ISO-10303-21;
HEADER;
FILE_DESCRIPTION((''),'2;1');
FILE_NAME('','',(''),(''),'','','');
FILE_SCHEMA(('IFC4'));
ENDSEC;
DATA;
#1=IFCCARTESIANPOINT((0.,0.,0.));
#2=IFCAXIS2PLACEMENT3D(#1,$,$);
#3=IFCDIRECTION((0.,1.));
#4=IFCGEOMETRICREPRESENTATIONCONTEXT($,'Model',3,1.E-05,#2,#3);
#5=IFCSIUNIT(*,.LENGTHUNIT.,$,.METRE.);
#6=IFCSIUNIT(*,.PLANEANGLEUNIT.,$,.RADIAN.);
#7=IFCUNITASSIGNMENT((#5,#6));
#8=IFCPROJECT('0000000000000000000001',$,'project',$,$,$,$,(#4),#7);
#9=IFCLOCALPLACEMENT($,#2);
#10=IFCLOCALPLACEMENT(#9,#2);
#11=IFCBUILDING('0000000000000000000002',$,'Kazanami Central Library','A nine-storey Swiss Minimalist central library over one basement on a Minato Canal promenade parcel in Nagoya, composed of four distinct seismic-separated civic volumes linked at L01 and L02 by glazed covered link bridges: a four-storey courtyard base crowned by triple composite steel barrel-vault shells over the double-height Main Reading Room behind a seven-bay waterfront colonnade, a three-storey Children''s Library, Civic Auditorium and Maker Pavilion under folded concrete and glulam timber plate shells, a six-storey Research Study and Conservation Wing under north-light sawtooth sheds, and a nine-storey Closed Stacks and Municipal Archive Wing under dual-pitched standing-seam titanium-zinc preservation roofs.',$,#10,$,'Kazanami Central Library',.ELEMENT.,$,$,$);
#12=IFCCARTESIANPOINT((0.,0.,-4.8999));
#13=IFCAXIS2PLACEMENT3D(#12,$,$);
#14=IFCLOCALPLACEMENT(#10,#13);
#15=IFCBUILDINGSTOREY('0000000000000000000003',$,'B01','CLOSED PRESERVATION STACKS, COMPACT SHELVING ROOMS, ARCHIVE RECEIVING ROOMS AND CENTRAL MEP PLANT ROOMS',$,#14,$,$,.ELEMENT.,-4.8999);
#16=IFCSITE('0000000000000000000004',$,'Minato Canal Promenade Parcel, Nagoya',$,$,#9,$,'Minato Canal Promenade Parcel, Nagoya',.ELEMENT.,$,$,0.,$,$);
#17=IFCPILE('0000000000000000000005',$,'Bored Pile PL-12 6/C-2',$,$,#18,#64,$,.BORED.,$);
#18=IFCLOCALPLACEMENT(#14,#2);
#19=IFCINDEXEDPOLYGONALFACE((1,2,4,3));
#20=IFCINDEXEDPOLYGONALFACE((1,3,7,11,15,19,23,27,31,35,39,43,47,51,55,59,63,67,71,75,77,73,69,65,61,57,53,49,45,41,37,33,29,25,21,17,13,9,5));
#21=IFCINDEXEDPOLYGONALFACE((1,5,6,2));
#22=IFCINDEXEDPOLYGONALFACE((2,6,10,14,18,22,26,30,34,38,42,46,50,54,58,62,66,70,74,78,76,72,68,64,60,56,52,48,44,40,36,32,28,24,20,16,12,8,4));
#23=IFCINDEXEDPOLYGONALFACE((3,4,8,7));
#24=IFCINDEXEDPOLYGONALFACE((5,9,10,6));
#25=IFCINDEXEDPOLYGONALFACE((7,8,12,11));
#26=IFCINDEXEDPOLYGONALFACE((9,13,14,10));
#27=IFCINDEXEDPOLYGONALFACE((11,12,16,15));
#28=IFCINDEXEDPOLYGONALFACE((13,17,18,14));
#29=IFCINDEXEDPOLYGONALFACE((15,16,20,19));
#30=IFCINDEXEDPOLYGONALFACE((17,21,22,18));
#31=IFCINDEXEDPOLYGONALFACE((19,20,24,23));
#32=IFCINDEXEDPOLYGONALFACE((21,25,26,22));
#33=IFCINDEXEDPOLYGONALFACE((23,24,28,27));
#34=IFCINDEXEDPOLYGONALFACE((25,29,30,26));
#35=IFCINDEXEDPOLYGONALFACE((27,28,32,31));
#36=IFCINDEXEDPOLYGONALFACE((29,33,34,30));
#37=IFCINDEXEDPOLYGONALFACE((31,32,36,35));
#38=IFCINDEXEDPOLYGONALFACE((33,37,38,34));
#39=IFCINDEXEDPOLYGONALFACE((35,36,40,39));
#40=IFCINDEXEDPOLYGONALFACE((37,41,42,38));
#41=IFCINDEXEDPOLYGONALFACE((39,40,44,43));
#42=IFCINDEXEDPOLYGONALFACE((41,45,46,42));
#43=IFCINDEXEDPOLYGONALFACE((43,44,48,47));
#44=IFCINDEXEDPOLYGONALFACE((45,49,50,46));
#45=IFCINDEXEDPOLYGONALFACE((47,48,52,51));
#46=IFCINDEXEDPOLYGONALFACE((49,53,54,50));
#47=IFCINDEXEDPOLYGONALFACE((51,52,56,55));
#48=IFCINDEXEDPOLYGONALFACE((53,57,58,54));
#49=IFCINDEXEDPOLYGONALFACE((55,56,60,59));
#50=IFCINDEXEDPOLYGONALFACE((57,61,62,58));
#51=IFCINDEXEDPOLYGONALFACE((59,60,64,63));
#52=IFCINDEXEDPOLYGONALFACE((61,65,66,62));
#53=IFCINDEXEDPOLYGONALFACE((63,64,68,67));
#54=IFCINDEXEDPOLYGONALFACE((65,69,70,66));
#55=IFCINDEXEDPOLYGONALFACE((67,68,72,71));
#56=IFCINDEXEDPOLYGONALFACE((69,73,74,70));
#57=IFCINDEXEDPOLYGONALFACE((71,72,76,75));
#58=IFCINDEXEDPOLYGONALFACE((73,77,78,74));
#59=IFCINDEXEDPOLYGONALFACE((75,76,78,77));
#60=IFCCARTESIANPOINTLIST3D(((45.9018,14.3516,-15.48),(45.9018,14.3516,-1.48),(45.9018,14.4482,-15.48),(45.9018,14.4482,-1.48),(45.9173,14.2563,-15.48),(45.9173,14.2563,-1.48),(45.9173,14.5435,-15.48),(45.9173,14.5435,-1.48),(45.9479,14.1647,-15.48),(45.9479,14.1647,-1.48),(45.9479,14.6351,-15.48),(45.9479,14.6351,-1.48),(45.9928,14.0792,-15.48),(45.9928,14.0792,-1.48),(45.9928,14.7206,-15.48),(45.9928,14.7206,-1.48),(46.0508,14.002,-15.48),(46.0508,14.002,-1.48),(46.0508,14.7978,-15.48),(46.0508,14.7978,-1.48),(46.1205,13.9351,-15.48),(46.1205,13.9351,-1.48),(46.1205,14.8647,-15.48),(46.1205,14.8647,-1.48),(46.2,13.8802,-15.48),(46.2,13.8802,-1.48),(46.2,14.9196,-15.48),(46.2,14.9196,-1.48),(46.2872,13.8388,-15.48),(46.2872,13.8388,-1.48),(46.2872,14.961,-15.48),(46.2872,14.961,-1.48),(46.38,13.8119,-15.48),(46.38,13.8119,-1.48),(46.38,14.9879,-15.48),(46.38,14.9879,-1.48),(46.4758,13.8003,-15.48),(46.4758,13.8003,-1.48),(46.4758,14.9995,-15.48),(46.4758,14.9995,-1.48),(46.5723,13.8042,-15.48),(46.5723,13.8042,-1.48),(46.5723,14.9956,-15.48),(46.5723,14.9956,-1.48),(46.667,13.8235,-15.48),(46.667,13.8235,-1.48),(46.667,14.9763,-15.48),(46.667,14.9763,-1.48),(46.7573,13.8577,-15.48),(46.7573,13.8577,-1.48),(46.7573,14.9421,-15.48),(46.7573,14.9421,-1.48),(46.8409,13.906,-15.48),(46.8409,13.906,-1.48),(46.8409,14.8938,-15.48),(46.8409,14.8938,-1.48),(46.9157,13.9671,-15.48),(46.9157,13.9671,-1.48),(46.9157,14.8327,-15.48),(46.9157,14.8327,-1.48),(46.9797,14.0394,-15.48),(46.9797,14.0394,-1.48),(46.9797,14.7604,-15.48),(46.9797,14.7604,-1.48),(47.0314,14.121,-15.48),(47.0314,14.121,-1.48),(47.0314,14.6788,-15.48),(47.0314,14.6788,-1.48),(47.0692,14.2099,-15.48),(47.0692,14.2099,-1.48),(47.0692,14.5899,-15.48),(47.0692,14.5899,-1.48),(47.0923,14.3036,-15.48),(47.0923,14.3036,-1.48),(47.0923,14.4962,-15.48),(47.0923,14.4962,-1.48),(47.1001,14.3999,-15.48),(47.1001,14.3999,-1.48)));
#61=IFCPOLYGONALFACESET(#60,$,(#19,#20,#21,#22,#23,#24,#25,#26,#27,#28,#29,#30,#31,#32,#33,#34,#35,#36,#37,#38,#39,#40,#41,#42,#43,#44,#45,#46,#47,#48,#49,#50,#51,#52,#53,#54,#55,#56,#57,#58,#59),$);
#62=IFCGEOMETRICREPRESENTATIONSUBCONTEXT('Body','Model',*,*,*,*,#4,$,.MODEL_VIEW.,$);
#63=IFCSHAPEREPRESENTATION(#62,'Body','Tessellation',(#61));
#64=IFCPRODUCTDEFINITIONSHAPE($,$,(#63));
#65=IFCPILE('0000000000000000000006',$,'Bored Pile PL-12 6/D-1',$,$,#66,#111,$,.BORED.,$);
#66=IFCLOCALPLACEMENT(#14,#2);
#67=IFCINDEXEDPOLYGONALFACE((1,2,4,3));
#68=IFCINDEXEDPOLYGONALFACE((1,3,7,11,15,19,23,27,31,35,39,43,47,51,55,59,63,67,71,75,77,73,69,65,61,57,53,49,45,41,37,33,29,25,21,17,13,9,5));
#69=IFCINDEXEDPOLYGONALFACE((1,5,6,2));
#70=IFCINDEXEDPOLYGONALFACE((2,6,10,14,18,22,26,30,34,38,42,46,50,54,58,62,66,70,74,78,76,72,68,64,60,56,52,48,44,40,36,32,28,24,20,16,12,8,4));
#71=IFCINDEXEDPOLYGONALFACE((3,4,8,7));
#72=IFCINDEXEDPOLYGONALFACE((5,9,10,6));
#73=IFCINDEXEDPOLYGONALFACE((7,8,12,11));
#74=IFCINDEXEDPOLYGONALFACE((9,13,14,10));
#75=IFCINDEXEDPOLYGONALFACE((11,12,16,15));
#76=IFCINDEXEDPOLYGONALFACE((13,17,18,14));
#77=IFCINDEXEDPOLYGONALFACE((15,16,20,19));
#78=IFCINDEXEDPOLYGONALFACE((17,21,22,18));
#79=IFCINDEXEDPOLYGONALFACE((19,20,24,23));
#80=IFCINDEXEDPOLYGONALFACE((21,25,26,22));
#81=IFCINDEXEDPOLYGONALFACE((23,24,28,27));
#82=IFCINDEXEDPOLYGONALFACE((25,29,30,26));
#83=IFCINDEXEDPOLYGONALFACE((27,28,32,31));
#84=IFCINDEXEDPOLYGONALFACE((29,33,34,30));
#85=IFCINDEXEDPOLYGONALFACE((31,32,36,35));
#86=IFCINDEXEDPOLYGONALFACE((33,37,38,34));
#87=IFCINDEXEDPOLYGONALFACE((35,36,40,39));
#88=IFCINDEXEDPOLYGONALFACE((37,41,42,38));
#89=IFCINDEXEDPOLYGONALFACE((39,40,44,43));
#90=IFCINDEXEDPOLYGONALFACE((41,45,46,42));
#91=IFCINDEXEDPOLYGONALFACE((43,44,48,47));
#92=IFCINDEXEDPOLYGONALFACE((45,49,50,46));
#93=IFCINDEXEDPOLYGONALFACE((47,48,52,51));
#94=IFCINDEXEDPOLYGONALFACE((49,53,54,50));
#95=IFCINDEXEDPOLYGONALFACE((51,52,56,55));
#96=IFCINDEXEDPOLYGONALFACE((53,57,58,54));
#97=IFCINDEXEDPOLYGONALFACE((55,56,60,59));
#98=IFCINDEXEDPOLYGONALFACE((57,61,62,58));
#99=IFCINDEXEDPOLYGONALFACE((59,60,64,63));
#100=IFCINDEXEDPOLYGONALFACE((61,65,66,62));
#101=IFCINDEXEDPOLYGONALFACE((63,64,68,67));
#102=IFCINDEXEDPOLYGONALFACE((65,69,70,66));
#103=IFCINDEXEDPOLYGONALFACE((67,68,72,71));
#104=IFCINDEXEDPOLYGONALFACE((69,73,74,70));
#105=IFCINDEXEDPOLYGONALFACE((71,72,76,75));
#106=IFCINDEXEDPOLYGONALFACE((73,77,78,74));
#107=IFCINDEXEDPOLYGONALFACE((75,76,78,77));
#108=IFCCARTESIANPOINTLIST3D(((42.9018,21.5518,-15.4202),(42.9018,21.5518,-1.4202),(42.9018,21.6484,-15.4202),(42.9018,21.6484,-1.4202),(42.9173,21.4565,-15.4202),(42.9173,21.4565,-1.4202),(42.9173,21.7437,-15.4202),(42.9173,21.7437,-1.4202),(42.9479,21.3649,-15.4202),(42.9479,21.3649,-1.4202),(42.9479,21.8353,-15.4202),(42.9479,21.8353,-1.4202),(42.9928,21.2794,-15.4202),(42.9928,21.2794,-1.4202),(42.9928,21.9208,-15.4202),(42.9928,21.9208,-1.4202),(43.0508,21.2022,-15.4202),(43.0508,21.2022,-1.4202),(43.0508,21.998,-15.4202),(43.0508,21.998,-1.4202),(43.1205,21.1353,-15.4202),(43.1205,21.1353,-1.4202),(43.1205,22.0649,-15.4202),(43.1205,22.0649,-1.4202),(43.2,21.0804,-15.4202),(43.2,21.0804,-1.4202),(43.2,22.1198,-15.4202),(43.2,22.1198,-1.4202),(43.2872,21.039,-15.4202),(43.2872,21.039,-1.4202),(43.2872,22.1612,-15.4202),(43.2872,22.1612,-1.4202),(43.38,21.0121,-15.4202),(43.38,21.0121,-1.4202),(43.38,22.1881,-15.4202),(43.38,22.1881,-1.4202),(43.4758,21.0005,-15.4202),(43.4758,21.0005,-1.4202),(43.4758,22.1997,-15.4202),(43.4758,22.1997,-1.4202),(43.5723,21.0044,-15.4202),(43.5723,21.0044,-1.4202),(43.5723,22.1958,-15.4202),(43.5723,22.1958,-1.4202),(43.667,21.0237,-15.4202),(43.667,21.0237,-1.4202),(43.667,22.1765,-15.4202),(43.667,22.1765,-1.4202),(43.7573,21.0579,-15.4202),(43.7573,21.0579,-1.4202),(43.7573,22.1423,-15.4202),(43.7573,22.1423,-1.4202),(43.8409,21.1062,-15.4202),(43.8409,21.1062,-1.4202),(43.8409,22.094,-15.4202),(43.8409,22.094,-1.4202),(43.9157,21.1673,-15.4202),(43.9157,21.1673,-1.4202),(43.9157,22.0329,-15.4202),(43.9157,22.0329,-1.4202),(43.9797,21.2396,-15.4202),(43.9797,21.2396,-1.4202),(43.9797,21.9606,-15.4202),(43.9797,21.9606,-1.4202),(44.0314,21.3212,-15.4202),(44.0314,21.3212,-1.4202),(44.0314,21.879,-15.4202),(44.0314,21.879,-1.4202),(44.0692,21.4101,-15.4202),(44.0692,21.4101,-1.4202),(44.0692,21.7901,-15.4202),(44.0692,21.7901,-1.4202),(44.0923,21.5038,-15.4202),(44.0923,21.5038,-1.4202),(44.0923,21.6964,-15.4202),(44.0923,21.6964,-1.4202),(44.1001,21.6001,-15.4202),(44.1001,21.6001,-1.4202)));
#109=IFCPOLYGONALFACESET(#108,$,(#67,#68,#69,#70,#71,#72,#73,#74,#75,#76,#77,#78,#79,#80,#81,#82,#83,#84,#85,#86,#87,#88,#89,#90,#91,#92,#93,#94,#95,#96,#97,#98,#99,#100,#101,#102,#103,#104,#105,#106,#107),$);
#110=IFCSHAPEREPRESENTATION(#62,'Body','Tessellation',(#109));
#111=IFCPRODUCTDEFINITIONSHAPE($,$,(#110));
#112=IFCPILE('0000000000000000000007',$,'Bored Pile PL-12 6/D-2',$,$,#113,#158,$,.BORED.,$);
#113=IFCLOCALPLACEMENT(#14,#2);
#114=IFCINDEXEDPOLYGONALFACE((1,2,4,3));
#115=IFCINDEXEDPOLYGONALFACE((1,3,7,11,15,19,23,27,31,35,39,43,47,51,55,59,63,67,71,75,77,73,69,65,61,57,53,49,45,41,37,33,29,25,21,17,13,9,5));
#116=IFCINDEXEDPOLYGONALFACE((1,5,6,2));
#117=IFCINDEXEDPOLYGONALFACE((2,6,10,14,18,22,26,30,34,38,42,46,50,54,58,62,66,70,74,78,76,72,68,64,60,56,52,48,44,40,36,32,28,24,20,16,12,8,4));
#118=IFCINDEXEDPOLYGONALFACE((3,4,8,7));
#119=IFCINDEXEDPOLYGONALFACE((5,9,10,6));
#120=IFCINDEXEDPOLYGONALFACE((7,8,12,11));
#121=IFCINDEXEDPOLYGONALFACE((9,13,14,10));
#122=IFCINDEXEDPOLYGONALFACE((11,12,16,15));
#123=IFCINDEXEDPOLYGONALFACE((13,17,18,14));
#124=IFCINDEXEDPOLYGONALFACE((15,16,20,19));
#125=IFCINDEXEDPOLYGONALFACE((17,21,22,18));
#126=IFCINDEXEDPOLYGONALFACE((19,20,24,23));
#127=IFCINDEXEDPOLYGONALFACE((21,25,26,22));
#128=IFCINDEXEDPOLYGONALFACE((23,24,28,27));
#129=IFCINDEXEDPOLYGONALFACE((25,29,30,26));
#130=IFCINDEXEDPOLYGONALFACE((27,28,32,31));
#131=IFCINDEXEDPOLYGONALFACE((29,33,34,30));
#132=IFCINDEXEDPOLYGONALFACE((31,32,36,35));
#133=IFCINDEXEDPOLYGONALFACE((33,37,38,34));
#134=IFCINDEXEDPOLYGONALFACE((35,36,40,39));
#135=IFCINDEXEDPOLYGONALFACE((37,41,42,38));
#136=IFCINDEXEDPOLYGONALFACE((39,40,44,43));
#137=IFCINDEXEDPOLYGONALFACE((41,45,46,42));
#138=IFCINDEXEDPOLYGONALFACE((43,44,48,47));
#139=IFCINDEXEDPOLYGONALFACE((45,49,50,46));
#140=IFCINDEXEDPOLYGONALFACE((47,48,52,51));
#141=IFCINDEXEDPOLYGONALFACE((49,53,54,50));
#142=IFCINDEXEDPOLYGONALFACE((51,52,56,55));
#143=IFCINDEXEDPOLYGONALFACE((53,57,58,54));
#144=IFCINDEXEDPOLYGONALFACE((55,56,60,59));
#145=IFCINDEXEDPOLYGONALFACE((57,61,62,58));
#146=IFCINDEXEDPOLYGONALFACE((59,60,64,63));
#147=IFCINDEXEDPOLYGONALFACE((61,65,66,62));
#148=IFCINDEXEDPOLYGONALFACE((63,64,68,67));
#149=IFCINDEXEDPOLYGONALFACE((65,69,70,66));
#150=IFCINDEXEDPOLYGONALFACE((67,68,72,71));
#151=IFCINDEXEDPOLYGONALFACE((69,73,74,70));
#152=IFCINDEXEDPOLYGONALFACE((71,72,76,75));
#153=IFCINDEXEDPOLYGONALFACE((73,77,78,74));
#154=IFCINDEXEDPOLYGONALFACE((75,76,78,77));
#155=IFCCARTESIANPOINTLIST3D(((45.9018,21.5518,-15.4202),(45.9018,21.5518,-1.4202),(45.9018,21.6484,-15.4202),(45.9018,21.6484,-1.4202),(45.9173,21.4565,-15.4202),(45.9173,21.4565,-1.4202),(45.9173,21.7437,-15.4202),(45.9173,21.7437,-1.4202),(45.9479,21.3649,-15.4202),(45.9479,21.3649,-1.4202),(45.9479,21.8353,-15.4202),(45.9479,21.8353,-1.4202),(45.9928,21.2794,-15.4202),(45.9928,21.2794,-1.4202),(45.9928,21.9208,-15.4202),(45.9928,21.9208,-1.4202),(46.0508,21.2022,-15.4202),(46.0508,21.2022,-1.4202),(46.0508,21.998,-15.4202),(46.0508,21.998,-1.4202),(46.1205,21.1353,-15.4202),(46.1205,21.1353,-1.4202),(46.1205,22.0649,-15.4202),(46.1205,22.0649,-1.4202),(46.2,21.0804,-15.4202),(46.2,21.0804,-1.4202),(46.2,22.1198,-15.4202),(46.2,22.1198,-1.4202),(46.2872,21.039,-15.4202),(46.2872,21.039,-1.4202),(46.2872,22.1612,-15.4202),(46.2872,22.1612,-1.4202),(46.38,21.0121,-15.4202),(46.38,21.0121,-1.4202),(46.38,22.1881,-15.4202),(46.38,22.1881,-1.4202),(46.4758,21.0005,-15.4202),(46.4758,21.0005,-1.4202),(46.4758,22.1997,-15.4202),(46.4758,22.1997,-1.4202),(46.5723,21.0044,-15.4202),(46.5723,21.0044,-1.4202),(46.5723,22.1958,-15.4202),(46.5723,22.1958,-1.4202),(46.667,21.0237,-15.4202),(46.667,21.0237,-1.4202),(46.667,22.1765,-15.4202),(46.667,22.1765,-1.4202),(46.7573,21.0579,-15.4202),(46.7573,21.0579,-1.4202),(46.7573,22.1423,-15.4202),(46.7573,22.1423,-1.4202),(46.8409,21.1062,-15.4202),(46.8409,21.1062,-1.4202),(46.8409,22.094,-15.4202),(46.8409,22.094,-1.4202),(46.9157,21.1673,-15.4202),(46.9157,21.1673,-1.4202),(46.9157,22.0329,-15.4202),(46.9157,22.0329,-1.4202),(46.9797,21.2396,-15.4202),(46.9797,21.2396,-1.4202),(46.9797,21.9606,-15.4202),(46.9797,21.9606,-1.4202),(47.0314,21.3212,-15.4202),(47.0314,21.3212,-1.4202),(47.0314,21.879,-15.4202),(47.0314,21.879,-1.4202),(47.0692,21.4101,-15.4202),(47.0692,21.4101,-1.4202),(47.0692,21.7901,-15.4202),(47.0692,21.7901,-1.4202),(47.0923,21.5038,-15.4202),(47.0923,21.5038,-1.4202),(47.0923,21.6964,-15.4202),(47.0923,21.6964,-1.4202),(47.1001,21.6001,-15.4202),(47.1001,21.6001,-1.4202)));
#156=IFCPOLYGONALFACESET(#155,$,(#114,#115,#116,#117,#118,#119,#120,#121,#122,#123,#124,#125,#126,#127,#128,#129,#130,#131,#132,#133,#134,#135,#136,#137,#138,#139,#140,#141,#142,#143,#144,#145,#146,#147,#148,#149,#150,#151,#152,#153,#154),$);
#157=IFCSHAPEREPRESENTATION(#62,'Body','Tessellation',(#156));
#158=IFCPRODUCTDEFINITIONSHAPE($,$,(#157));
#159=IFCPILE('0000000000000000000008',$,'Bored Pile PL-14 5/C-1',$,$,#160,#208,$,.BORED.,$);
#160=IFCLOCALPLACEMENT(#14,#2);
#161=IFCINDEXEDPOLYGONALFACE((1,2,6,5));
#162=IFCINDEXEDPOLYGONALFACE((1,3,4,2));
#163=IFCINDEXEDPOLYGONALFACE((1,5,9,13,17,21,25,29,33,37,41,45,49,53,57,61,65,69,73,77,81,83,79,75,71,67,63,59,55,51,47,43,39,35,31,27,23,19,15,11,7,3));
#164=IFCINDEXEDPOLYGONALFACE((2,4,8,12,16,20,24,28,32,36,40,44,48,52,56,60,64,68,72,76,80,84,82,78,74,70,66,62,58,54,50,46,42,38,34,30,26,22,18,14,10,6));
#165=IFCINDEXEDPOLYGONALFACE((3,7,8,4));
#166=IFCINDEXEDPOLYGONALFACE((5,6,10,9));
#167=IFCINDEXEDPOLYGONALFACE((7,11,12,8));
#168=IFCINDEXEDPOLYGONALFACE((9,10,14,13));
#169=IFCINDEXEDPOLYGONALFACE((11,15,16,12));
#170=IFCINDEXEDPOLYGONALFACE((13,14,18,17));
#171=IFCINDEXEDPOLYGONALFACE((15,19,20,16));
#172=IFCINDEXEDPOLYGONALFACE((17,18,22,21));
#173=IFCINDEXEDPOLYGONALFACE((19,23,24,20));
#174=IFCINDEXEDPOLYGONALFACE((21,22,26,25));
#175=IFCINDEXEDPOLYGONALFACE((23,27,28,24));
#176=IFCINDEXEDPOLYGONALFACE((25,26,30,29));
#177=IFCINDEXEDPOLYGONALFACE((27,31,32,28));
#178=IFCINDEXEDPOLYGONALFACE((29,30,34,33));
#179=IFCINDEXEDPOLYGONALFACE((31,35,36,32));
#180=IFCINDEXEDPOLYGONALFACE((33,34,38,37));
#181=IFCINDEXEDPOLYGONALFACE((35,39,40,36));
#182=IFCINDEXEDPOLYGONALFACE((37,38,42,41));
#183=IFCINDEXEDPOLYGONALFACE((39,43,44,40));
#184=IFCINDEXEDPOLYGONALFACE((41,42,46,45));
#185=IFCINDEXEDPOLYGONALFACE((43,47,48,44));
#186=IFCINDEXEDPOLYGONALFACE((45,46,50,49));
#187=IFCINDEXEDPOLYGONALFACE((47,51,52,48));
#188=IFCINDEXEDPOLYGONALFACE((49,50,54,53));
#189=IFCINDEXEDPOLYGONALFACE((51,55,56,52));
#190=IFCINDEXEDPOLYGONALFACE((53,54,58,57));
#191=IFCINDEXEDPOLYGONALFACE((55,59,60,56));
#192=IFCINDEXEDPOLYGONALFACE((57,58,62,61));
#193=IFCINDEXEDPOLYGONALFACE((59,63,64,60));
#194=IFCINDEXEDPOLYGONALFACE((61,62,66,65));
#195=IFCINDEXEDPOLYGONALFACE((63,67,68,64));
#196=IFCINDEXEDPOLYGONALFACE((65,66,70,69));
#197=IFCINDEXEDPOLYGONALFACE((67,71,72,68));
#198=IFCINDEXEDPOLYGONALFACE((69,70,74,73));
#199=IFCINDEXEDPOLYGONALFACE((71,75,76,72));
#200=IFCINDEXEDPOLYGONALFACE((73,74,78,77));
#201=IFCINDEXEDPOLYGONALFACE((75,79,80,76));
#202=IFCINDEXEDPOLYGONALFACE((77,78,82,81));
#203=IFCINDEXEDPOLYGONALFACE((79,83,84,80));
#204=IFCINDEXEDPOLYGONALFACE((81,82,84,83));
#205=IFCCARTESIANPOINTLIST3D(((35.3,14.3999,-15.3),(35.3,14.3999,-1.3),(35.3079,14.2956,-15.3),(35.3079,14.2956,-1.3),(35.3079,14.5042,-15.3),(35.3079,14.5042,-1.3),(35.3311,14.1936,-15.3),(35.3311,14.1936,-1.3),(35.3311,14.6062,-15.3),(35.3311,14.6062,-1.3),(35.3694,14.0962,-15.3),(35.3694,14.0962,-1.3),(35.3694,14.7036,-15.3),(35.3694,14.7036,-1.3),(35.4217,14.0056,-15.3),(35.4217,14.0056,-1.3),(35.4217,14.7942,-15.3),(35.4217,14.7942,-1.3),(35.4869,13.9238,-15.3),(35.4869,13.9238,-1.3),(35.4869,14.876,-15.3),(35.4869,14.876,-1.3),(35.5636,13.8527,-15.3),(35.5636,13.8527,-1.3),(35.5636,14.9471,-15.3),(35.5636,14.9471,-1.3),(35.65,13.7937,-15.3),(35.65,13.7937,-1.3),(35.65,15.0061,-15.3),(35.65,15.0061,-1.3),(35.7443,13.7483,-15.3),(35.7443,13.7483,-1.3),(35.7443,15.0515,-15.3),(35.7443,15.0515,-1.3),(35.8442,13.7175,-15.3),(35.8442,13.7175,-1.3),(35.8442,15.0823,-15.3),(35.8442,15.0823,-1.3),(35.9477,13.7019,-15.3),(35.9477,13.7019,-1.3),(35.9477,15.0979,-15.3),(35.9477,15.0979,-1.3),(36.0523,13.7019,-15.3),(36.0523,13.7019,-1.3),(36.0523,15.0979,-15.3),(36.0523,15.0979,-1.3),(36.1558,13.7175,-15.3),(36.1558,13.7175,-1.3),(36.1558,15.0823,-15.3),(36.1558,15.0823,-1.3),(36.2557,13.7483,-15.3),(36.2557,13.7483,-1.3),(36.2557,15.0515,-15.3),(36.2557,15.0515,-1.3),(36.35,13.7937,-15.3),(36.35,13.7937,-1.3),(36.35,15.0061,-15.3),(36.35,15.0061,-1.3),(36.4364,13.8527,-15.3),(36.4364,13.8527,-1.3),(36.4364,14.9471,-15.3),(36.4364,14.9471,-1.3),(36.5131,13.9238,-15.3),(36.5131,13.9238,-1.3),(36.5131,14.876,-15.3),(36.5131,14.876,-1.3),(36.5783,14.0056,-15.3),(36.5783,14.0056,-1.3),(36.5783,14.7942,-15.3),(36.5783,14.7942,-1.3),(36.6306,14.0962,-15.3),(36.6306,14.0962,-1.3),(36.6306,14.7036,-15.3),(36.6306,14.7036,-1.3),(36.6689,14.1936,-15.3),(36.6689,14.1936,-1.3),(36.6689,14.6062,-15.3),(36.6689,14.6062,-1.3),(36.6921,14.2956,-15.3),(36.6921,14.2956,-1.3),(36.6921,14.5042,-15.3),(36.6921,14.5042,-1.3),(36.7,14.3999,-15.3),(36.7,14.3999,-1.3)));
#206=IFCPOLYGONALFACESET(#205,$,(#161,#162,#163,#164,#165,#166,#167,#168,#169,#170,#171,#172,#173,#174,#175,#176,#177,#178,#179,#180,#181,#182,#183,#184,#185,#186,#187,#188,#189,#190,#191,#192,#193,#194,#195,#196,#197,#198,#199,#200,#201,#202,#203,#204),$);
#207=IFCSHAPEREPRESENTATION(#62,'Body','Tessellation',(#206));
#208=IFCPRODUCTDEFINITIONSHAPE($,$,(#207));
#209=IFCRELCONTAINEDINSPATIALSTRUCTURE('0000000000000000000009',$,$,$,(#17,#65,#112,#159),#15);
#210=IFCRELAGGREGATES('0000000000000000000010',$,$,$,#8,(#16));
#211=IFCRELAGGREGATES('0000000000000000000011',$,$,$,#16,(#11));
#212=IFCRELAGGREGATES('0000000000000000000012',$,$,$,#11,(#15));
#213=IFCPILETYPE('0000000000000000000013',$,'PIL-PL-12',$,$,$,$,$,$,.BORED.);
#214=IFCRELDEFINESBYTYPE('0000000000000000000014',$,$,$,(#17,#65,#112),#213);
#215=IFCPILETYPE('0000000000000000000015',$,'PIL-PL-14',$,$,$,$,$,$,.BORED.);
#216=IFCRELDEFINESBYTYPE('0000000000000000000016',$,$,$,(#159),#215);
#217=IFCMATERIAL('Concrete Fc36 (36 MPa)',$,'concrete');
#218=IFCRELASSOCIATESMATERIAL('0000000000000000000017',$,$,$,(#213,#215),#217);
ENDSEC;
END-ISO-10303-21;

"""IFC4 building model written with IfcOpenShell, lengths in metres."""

from ifc_helpers import new_model, si_unit, direction, frame, origin, origin_2d, place, context, subcontext, project, spatial, circle, extrude, material, material_profile, profile_set, type_object, element, save


model = new_model("IFC4")

# Units and contexts
model_context = context("Model", 3, precision=1e-05, world=origin(), true_north=direction((0.0, 1.0)))
body_context = subcontext(model_context, "Body", "Model", "MODEL_VIEW")
ifc_project = project(units=[si_unit("LENGTHUNIT", "METRE"), si_unit("PLANEANGLEUNIT", "RADIAN")], contexts=[model_context])

# Site, building, storey
site_placement = place(None, origin())
site = spatial("IfcSite", under=ifc_project, at=site_placement, Name="Minato Canal Promenade Parcel, Nagoya", LongName="Minato Canal Promenade Parcel, Nagoya", CompositionType="ELEMENT", RefElevation=0.0)
building_placement = place(site_placement, origin())
building = spatial("IfcBuilding", under=site, at=building_placement, Name="Kazanami Central Library", Description="A nine-storey Swiss Minimalist central library over one basement on a Minato Canal promenade parcel in Nagoya, composed of four distinct seismic-separated civic volumes linked at L01 and L02 by glazed covered link bridges: a four-storey courtyard base crowned by triple composite steel barrel-vault shells over the double-height Main Reading Room behind a seven-bay waterfront colonnade, a three-storey Children's Library, Civic Auditorium and Maker Pavilion under folded concrete and glulam timber plate shells, a six-storey Research Study and Conservation Wing under north-light sawtooth sheds, and a nine-storey Closed Stacks and Municipal Archive Wing under dual-pitched standing-seam titanium-zinc preservation roofs.", LongName="Kazanami Central Library", CompositionType="ELEMENT")
storey_placement = place(building_placement, frame((0.0, 0.0, -4.8999)))
storey = spatial("IfcBuildingStorey", under=building, at=storey_placement, Name="B01", Description="CLOSED PRESERVATION STACKS, COMPACT SHELVING ROOMS, ARCHIVE RECEIVING ROOMS AND CENTRAL MEP PLANT ROOMS", CompositionType="ELEMENT", Elevation=-4.8999)

# Shared definitions
ifc_material_1 = material(Name="Concrete Fc36 (36 MPa)", Category="concrete")

# Piles
ifc_material_profile_1 = material_profile(ifc_material_1, circle(Radius=0.6001, at=origin_2d()), Name="BORED-D1200")
ifc_profile_set_1 = profile_set([ifc_material_profile_1], Name="Concrete Fc36 (36 MPa)")
pile_type_1 = type_object("IfcPileType", Name="PIL-PL-12", PredefinedType="BORED", material=ifc_profile_set_1)
for number, where, z_axis, x_axis, name in (
    (1, (46.5, 14.3999, -1.48), (0.0, 0.0, -1.0), (1.0, 0.0, 0.0), "Bored Pile PL-12 6/C-2"),
    (2, (43.5, 21.6001, -1.4202), (0.0, 0.0, -1.0), (1.0, 0.0, 0.0), "Bored Pile PL-12 6/D-1"),
    (3, (46.5, 21.6001, -1.4202), (0.0, 0.0, -1.0), (1.0, 0.0, 0.0), "Bored Pile PL-12 6/D-2"),
):
    element("IfcPile", number, at=place(storey_placement, frame(where, z_axis=z_axis, x_axis=x_axis)), inside=storey, type_object=pile_type_1, Name=name, PredefinedType="BORED", context=body_context, shape_type="SweptSolid", body=[
        extrude(circle(Radius=0.6001, at=origin_2d()), origin(), (0.0, 0.0, 1.0), 14.0),
    ])
ifc_material_profile_2 = material_profile(ifc_material_1, circle(Radius=0.7, at=origin_2d()), Name="BORED-D1400")
ifc_profile_set_2 = profile_set([ifc_material_profile_2], Name="Concrete Fc36 (36 MPa)")
pile_type_2 = type_object("IfcPileType", Name="PIL-PL-14", PredefinedType="BORED", material=ifc_profile_set_2)
pile_1_placement = place(storey_placement, frame((36.0, 14.3999, -1.3), z_axis=(0.0, 0.0, -1.0), x_axis=(1.0, 0.0, 0.0)))
element("IfcPile", 4, at=pile_1_placement, inside=storey, type_object=pile_type_2, Name="Bored Pile PL-14 5/C-1", PredefinedType="BORED", context=body_context, shape_type="SweptSolid", body=[
    extrude(circle(Radius=0.7, at=origin_2d()), origin(), (0.0, 0.0, 1.0), 14.0),
])

save(model, "model.ifc")
